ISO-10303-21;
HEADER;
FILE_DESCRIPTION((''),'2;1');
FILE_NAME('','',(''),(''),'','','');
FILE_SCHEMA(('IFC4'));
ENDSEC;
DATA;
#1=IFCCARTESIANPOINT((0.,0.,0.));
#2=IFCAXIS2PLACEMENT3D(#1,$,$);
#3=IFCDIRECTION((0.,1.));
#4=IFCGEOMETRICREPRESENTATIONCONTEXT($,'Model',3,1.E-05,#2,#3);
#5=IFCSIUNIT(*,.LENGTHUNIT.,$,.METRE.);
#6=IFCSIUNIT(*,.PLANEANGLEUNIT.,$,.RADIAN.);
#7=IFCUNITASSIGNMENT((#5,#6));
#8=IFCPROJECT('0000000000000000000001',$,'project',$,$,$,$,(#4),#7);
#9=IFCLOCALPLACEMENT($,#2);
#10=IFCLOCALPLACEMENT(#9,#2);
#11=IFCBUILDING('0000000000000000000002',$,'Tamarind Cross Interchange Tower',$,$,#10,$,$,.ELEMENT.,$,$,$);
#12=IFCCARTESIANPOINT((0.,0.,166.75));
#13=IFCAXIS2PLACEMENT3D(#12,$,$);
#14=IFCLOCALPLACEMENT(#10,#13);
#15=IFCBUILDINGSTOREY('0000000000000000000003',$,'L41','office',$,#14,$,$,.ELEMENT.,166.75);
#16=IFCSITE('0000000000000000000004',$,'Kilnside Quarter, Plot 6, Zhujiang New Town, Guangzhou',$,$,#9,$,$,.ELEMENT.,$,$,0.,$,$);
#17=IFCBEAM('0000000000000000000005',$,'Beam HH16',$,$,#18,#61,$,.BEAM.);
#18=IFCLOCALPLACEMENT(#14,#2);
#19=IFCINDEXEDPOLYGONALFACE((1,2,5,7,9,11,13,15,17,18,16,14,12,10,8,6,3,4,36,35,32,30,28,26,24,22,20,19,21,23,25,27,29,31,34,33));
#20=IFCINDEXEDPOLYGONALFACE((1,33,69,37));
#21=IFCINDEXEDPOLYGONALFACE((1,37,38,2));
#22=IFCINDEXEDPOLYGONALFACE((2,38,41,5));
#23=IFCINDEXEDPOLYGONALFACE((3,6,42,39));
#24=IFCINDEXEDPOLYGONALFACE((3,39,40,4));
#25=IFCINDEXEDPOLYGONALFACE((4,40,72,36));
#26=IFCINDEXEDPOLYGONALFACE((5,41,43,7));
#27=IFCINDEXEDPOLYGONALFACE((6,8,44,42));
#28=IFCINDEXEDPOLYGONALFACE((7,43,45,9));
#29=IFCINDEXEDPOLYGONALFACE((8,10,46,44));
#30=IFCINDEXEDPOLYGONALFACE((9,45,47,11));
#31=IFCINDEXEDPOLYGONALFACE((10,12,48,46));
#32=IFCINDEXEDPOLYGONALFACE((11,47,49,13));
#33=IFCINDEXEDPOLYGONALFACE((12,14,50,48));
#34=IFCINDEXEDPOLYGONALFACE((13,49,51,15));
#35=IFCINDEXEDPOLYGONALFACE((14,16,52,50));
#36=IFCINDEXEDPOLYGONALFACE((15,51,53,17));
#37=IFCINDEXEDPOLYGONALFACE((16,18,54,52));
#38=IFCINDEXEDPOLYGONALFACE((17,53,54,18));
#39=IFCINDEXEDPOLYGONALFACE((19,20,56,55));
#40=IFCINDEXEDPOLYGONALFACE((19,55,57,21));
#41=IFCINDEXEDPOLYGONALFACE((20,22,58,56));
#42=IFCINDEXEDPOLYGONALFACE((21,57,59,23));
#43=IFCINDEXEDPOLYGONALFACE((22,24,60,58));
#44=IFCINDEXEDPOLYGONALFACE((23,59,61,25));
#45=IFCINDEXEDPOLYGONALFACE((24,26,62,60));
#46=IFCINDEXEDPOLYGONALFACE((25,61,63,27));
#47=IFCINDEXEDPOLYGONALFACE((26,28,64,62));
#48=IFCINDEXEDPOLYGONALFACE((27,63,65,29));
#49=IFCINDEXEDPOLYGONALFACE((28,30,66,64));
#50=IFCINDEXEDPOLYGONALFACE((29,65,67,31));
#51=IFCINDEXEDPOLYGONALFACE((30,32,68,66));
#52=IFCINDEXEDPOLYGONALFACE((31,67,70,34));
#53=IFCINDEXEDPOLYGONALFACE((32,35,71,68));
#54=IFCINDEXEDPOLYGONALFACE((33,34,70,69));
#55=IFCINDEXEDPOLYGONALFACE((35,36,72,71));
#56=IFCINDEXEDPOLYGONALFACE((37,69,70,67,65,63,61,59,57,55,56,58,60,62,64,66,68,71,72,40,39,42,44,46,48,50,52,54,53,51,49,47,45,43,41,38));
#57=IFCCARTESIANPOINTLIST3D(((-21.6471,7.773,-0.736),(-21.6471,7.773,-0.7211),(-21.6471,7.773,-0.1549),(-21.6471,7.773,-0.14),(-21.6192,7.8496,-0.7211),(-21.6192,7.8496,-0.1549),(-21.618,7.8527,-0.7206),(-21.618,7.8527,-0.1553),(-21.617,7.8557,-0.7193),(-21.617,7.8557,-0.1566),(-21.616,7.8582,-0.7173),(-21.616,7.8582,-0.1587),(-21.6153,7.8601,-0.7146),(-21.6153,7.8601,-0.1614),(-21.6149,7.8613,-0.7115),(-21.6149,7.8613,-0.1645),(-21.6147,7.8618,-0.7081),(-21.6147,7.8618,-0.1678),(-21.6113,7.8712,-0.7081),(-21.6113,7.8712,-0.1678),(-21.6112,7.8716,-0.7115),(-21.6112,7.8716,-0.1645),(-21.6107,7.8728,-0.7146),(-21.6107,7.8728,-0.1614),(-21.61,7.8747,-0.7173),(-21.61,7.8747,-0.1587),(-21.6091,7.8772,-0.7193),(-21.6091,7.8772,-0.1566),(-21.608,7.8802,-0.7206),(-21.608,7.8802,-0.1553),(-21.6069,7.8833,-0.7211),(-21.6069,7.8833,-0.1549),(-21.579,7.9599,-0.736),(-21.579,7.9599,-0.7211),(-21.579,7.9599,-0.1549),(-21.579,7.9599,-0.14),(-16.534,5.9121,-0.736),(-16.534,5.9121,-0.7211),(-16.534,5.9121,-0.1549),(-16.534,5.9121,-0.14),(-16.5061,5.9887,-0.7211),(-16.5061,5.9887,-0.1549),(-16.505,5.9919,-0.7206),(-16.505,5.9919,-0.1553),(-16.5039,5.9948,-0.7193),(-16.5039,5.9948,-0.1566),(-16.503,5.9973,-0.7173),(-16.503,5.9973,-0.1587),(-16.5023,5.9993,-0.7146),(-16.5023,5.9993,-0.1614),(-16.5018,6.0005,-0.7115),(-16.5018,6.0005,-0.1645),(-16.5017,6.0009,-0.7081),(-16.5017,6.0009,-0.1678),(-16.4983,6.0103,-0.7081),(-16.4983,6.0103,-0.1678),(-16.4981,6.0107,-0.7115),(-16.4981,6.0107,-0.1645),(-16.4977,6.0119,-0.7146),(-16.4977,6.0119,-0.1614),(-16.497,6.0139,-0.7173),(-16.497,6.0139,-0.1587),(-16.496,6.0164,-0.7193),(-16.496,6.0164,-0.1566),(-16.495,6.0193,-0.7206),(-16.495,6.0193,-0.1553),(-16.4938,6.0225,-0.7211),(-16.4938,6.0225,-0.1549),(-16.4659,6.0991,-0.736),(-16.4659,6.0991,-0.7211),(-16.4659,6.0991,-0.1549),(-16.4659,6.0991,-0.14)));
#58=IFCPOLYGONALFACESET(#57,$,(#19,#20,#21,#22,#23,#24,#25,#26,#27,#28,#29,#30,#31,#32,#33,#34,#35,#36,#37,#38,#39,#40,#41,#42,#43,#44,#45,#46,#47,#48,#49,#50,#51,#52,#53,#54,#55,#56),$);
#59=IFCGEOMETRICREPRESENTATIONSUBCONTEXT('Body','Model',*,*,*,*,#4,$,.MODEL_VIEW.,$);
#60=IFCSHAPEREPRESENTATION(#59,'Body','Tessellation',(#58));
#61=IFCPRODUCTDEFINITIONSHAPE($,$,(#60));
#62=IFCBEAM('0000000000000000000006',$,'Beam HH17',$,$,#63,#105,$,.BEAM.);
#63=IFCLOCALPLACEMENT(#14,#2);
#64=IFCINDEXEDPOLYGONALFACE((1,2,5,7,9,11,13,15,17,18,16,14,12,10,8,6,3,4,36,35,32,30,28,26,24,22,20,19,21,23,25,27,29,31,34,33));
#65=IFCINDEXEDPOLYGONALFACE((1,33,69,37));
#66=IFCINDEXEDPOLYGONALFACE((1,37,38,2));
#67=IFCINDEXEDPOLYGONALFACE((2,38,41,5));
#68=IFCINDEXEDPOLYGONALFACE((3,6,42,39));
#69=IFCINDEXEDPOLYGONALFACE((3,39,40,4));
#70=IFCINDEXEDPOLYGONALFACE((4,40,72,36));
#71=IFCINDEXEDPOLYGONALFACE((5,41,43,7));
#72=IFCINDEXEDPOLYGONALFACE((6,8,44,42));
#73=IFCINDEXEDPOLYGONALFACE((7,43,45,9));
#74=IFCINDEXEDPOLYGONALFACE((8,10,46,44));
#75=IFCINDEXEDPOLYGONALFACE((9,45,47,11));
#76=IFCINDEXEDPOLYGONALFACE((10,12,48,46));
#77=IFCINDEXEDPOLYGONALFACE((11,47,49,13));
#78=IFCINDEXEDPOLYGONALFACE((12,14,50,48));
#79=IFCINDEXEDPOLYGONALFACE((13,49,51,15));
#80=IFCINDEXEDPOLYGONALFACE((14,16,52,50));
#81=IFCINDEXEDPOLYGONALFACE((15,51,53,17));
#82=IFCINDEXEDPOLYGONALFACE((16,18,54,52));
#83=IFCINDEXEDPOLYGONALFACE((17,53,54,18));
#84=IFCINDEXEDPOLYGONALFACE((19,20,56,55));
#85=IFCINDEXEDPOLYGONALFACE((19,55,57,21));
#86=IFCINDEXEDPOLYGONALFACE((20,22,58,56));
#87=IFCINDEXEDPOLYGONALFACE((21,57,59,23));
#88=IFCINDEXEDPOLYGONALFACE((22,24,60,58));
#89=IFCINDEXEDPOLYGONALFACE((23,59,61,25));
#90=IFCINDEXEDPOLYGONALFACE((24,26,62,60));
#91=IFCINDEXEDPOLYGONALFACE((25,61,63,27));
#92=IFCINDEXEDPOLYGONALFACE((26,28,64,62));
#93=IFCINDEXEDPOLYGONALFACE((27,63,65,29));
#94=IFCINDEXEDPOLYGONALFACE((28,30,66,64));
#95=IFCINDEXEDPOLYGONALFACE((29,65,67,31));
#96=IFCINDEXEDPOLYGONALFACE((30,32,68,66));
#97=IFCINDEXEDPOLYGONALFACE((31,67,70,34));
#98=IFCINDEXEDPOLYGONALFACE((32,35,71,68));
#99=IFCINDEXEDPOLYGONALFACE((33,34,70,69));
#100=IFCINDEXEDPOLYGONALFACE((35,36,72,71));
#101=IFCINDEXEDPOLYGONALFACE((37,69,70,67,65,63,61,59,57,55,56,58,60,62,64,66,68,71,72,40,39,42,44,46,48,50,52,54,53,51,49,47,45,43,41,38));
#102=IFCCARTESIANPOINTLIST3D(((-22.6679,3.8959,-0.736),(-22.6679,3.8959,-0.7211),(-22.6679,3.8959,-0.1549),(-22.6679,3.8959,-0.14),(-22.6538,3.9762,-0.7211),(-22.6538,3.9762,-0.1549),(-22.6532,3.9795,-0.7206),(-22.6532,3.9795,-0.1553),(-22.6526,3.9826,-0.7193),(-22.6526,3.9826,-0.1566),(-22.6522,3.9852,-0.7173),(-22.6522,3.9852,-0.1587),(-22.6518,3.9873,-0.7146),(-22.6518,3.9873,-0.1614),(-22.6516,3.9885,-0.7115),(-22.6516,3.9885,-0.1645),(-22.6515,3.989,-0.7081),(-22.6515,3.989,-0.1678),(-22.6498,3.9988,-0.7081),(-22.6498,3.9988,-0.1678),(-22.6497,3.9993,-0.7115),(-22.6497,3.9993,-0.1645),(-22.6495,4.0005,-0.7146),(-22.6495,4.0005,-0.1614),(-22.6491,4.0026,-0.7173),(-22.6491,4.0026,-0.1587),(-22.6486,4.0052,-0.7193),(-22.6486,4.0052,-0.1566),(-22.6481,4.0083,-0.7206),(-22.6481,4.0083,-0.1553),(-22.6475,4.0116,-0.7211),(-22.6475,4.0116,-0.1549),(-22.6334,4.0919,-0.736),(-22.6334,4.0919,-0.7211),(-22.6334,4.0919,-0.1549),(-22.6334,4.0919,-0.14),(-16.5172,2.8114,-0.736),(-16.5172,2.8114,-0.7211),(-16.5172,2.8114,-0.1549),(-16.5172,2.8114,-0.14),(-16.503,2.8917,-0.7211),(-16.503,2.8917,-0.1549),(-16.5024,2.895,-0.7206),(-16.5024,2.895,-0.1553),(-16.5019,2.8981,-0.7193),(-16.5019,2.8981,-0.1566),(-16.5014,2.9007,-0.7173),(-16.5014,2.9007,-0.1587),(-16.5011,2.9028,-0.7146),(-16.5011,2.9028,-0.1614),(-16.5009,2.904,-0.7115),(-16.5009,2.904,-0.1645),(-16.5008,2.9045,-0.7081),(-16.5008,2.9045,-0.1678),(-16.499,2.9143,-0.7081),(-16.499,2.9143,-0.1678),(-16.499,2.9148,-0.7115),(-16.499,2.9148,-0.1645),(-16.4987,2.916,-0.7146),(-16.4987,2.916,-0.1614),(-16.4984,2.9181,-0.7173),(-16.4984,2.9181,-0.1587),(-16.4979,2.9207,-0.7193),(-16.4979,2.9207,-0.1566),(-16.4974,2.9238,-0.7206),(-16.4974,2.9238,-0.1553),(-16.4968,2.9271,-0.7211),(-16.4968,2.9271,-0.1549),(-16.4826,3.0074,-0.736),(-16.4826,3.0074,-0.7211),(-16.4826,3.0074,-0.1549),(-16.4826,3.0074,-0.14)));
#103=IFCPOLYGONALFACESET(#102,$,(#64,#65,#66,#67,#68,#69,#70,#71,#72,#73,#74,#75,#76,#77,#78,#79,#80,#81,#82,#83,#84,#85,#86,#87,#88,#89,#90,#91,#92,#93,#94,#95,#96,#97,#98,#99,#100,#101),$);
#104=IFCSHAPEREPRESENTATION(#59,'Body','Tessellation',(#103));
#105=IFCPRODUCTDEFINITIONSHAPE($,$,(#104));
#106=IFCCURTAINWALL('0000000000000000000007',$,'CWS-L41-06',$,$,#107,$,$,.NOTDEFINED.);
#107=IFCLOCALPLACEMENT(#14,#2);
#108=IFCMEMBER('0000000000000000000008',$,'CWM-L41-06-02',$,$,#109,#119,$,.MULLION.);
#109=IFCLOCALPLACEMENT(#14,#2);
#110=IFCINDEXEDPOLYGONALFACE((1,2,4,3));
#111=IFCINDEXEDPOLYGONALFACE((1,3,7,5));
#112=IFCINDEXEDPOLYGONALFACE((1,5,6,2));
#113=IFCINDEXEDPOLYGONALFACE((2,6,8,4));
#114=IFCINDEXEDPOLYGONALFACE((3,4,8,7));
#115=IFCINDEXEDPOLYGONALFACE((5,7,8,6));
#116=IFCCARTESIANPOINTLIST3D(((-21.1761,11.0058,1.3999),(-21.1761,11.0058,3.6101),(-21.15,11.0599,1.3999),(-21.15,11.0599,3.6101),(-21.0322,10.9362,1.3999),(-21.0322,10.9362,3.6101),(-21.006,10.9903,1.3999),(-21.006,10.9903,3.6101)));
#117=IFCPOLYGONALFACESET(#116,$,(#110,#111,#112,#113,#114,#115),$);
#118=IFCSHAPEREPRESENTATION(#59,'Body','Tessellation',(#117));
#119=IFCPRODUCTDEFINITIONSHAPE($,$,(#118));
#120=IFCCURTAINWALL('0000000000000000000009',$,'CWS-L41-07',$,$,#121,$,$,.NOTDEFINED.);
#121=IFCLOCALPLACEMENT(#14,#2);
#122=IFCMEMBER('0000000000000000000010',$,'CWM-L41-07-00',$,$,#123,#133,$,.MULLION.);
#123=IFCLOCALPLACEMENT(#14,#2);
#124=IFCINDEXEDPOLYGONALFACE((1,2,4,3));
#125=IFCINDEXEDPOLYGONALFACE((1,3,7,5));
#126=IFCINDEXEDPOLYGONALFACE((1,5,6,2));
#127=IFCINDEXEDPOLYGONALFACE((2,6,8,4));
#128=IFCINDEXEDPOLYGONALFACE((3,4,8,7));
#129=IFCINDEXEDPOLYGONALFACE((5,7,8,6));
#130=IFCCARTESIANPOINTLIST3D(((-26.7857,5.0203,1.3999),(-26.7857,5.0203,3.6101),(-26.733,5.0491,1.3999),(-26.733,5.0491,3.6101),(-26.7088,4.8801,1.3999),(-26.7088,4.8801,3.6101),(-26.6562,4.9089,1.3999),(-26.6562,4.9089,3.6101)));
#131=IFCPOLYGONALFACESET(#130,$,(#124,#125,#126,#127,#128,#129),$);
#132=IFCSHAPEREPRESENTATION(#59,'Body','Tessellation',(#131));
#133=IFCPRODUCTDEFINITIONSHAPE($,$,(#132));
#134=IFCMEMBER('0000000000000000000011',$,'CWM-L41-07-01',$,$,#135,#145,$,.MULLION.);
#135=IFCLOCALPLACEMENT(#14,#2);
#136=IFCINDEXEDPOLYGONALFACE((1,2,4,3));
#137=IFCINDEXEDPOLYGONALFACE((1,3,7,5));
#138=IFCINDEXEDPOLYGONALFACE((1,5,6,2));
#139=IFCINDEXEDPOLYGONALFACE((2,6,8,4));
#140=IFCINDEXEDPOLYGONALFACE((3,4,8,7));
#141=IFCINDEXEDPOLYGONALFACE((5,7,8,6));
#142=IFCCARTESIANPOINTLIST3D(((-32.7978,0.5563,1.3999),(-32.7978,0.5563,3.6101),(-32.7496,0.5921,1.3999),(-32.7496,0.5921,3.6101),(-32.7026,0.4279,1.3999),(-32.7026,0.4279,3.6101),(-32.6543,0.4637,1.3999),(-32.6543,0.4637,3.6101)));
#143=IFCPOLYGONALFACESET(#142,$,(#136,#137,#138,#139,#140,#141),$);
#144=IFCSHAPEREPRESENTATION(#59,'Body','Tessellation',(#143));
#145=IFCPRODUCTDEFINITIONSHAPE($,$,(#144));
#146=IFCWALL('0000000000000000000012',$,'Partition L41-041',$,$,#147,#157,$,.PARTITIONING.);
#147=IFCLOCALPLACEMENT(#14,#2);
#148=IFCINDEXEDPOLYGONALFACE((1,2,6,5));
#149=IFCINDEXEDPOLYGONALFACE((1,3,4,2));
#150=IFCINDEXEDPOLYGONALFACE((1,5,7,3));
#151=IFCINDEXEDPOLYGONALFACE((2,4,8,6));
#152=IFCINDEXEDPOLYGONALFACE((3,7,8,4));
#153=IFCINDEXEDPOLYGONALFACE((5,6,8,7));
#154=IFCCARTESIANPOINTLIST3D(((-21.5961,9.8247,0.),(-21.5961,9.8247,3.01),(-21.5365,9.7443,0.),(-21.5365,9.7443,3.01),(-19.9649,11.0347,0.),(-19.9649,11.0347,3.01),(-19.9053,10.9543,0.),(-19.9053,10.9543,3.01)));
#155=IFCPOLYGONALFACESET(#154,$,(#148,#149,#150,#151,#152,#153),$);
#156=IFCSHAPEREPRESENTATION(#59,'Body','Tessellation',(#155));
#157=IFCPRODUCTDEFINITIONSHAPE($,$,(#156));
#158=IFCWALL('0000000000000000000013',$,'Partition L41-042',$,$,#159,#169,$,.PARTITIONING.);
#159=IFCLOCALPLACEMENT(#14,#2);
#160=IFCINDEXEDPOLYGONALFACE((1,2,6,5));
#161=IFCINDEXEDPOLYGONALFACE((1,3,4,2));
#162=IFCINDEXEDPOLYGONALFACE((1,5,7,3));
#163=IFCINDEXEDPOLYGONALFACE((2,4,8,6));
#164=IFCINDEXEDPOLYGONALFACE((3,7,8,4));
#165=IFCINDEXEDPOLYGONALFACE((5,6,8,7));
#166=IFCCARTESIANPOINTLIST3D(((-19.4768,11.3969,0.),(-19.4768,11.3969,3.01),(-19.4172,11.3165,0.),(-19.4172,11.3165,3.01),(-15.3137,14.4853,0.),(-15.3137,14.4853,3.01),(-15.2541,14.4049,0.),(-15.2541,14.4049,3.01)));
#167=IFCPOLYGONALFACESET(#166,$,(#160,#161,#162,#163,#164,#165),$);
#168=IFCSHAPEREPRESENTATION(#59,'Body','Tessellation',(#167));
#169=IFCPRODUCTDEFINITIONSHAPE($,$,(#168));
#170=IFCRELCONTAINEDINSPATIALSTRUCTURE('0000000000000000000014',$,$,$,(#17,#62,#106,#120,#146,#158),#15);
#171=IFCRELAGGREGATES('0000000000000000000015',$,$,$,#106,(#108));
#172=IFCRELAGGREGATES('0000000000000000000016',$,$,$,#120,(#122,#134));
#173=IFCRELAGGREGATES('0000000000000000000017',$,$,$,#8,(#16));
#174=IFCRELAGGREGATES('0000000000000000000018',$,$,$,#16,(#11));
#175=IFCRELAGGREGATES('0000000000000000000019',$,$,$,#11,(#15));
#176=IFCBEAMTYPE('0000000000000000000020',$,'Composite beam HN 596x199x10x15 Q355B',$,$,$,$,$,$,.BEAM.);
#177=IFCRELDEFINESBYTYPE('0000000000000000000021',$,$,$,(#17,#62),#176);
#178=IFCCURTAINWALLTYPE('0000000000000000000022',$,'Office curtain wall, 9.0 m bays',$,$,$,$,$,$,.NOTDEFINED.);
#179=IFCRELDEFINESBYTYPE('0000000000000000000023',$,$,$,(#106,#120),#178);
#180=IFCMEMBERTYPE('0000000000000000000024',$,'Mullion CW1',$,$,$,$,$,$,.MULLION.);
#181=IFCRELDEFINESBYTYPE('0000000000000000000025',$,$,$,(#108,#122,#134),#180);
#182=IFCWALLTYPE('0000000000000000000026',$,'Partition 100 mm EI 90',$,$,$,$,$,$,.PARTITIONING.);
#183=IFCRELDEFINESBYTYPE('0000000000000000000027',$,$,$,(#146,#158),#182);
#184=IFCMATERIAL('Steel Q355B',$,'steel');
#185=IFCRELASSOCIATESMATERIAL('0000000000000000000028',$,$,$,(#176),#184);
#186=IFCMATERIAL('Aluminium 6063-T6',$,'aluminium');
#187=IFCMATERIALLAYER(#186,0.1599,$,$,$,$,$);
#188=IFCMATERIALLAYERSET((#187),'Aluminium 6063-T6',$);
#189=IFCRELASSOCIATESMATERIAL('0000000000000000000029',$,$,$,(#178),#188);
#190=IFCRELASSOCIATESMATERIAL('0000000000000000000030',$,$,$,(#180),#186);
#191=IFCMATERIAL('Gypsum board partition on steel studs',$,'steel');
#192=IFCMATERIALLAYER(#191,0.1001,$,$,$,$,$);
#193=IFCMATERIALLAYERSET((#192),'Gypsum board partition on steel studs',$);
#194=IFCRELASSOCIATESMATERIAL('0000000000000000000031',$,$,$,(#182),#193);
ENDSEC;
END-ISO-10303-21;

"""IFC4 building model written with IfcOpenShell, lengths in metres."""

from ifc_helpers import new_model, si_unit, direction, frame, frame_2d, origin, origin_2d, place, context, subcontext, project, spatial, rectangle, i_section, extrude, material, layer, layer_set, material_profile, profile_set, type_object, element, aggregate, save


model = new_model("IFC4")

# Units and contexts
model_context = context("Model", 3, precision=1e-05, world=origin(), true_north=direction((0.0, 1.0)))
body_context = subcontext(model_context, "Body", "Model", "MODEL_VIEW")
ifc_project = project(units=[si_unit("LENGTHUNIT", "METRE"), si_unit("PLANEANGLEUNIT", "RADIAN")], contexts=[model_context])

# Site, building, storey
site_placement = place(None, origin())
site = spatial("IfcSite", under=ifc_project, at=site_placement, Name="Kilnside Quarter, Plot 6, Zhujiang New Town, Guangzhou", CompositionType="ELEMENT", RefElevation=0.0)
building_placement = place(site_placement, origin())
building = spatial("IfcBuilding", under=site, at=building_placement, Name="Tamarind Cross Interchange Tower", CompositionType="ELEMENT")
storey_placement = place(building_placement, frame((0.0, 0.0, 166.75)))
storey = spatial("IfcBuildingStorey", under=building, at=storey_placement, Name="L41", Description="office", CompositionType="ELEMENT", Elevation=166.75)

# Beams
ifc_material_1 = material(Name="Steel Q355B", Category="steel")
ifc_material_profile_1 = material_profile(ifc_material_1, i_section(OverallWidth=0.199, OverallDepth=0.5959, WebThickness=0.01, FlangeThickness=0.0149, FilletRadius=0.0129, at=origin_2d()), Name="HN 596x199x10x15")
ifc_profile_set_1 = profile_set([ifc_material_profile_1], Name="Steel Q355B")
beam_type = type_object("IfcBeamType", Name="Composite beam HN 596x199x10x15 Q355B", PredefinedType="BEAM", material=ifc_profile_set_1)
beam_1_placement = place(storey_placement, frame((-21.613, 7.8665, -0.438), z_axis=(0.939702, -0.341995, 0.0), x_axis=(0.341995, 0.939702, 0.0)))
element("IfcBeam", 1, at=beam_1_placement, inside=storey, type_object=beam_type, Name="Beam HH16", PredefinedType="BEAM", context=body_context, shape_type="SweptSolid", body=[
    extrude(i_section(OverallWidth=0.199, OverallDepth=0.5959, WebThickness=0.01, FlangeThickness=0.0149, FilletRadius=0.0129, at=origin_2d()), origin(), (0.0, 0.0, 1.0), 5.4412),
])
beam_2_placement = place(storey_placement, frame((-22.6506, 3.9939, -0.438), z_axis=(0.984809, -0.17364, 0.0), x_axis=(0.17364, 0.984809, 0.0)))
element("IfcBeam", 2, at=beam_2_placement, inside=storey, type_object=beam_type, Name="Beam HH17", PredefinedType="BEAM", context=body_context, shape_type="SweptSolid", body=[
    extrude(i_section(OverallWidth=0.199, OverallDepth=0.5959, WebThickness=0.01, FlangeThickness=0.0149, FilletRadius=0.0129, at=origin_2d()), origin(), (0.0, 0.0, 1.0), 6.2456),
])

# Curtain wall, member
ifc_material_2 = material(Name="Aluminium 6063-T6", Category="aluminium")
ifc_layer_1 = layer(ifc_material_2, 0.1599)
ifc_layer_set_1 = layer_set([ifc_layer_1], Name="Aluminium 6063-T6")
curtain_wall_type = type_object("IfcCurtainWallType", Name="Office curtain wall, 9.0 m bays", PredefinedType="NOTDEFINED", material=ifc_layer_set_1)
curtain_wall_1_placement = place(storey_placement, origin())
curtain_wall_1 = element("IfcCurtainWall", 3, at=curtain_wall_1_placement, inside=storey, type_object=curtain_wall_type, Name="CWS-L41-06", PredefinedType="NOTDEFINED")
ifc_material_profile_2 = material_profile(ifc_material_2, rectangle(XDim=0.0601, YDim=0.1599, at=origin_2d()), Name="Mullion CW1")
ifc_profile_set_2 = profile_set([ifc_material_profile_2], Name="Aluminium 6063-T6")
member_type = type_object("IfcMemberType", Name="Mullion CW1", PredefinedType="MULLION", material=ifc_profile_set_2)
member_1_placement = place(storey_placement, frame((-21.0911, 10.998, 1.3999), z_axis=(0.0, 0.0, 1.0), x_axis=(-0.435326, -0.900273, 0.0)))
member_1 = element("IfcMember", 4, at=member_1_placement, type_object=member_type, Name="CWM-L41-06-02", PredefinedType="MULLION", context=body_context, shape_type="SweptSolid", body=[
    extrude(rectangle(XDim=0.0601, YDim=0.1599, at=origin_2d()), origin(), (0.0, 0.0, 1.0), 2.2102),
])
aggregate(curtain_wall_1, [member_1])

# Curtain wall, members
curtain_wall_2_placement = place(storey_placement, origin())
curtain_wall_2 = element("IfcCurtainWall", 5, at=curtain_wall_2_placement, inside=storey, type_object=curtain_wall_type, Name="CWS-L41-07", PredefinedType="NOTDEFINED")
member_2_placement = place(storey_placement, frame((-26.7209, 4.9646, 1.3999), z_axis=(0.0, 0.0, 1.0), x_axis=(-0.876907, -0.48066, 0.0)))
member_2 = element("IfcMember", 6, at=member_2_placement, type_object=member_type, Name="CWM-L41-07-00", PredefinedType="MULLION", context=body_context, shape_type="SweptSolid", body=[
    extrude(rectangle(XDim=0.0601, YDim=0.1599, at=origin_2d()), origin(), (0.0, 0.0, 1.0), 2.2102),
])
member_3_placement = place(storey_placement, frame((-32.7261, 0.51, 1.3999), z_axis=(0.0, 0.0, 1.0), x_axis=(-0.80315, -0.595776, 0.0)))
member_3 = element("IfcMember", 7, at=member_3_placement, type_object=member_type, Name="CWM-L41-07-01", PredefinedType="MULLION", context=body_context, shape_type="SweptSolid", body=[
    extrude(rectangle(XDim=0.0601, YDim=0.1599, at=origin_2d()), origin(), (0.0, 0.0, 1.0), 2.2102),
])
aggregate(curtain_wall_2, [member_2, member_3])

# Walls
ifc_material_3 = material(Name="Gypsum board partition on steel studs", Category="steel")
ifc_layer_2 = layer(ifc_material_3, 0.1001)
ifc_layer_set_2 = layer_set([ifc_layer_2], Name="Gypsum board partition on steel studs")
wall_type_1 = type_object("IfcWallType", Name="Partition 100 mm EI 90", PredefinedType="PARTITIONING", material=ifc_layer_set_2)
wall_1_placement = place(storey_placement, frame((-21.5664, 9.7844, 0.0), z_axis=(0.0, 0.0, 1.0), x_axis=(0.803148, 0.595779, 0.0)))
element("IfcWall", 8, at=wall_1_placement, inside=storey, type_object=wall_type_1, Name="Partition L41-041", PredefinedType="PARTITIONING", context=body_context, shape_type="SweptSolid", body=[
    extrude(rectangle(XDim=2.031, YDim=0.1001, at=frame_2d((1.0156, 0.0))), origin(), (0.0, 0.0, 1.0), 3.01),
])
wall_2_placement = place(storey_placement, frame((-19.447, 11.3567, 0.0), z_axis=(0.0, 0.0, 1.0), x_axis=(0.803131, 0.595802, 0.0)))
element("IfcWall", 9, at=wall_2_placement, inside=storey, type_object=wall_type_1, Name="Partition L41-042", PredefinedType="PARTITIONING", context=body_context, shape_type="SweptSolid", body=[
    extrude(rectangle(XDim=5.1836, YDim=0.1001, at=frame_2d((2.5918, 0.0))), origin(), (0.0, 0.0, 1.0), 3.01),
])

save(model, "model.ifc")
